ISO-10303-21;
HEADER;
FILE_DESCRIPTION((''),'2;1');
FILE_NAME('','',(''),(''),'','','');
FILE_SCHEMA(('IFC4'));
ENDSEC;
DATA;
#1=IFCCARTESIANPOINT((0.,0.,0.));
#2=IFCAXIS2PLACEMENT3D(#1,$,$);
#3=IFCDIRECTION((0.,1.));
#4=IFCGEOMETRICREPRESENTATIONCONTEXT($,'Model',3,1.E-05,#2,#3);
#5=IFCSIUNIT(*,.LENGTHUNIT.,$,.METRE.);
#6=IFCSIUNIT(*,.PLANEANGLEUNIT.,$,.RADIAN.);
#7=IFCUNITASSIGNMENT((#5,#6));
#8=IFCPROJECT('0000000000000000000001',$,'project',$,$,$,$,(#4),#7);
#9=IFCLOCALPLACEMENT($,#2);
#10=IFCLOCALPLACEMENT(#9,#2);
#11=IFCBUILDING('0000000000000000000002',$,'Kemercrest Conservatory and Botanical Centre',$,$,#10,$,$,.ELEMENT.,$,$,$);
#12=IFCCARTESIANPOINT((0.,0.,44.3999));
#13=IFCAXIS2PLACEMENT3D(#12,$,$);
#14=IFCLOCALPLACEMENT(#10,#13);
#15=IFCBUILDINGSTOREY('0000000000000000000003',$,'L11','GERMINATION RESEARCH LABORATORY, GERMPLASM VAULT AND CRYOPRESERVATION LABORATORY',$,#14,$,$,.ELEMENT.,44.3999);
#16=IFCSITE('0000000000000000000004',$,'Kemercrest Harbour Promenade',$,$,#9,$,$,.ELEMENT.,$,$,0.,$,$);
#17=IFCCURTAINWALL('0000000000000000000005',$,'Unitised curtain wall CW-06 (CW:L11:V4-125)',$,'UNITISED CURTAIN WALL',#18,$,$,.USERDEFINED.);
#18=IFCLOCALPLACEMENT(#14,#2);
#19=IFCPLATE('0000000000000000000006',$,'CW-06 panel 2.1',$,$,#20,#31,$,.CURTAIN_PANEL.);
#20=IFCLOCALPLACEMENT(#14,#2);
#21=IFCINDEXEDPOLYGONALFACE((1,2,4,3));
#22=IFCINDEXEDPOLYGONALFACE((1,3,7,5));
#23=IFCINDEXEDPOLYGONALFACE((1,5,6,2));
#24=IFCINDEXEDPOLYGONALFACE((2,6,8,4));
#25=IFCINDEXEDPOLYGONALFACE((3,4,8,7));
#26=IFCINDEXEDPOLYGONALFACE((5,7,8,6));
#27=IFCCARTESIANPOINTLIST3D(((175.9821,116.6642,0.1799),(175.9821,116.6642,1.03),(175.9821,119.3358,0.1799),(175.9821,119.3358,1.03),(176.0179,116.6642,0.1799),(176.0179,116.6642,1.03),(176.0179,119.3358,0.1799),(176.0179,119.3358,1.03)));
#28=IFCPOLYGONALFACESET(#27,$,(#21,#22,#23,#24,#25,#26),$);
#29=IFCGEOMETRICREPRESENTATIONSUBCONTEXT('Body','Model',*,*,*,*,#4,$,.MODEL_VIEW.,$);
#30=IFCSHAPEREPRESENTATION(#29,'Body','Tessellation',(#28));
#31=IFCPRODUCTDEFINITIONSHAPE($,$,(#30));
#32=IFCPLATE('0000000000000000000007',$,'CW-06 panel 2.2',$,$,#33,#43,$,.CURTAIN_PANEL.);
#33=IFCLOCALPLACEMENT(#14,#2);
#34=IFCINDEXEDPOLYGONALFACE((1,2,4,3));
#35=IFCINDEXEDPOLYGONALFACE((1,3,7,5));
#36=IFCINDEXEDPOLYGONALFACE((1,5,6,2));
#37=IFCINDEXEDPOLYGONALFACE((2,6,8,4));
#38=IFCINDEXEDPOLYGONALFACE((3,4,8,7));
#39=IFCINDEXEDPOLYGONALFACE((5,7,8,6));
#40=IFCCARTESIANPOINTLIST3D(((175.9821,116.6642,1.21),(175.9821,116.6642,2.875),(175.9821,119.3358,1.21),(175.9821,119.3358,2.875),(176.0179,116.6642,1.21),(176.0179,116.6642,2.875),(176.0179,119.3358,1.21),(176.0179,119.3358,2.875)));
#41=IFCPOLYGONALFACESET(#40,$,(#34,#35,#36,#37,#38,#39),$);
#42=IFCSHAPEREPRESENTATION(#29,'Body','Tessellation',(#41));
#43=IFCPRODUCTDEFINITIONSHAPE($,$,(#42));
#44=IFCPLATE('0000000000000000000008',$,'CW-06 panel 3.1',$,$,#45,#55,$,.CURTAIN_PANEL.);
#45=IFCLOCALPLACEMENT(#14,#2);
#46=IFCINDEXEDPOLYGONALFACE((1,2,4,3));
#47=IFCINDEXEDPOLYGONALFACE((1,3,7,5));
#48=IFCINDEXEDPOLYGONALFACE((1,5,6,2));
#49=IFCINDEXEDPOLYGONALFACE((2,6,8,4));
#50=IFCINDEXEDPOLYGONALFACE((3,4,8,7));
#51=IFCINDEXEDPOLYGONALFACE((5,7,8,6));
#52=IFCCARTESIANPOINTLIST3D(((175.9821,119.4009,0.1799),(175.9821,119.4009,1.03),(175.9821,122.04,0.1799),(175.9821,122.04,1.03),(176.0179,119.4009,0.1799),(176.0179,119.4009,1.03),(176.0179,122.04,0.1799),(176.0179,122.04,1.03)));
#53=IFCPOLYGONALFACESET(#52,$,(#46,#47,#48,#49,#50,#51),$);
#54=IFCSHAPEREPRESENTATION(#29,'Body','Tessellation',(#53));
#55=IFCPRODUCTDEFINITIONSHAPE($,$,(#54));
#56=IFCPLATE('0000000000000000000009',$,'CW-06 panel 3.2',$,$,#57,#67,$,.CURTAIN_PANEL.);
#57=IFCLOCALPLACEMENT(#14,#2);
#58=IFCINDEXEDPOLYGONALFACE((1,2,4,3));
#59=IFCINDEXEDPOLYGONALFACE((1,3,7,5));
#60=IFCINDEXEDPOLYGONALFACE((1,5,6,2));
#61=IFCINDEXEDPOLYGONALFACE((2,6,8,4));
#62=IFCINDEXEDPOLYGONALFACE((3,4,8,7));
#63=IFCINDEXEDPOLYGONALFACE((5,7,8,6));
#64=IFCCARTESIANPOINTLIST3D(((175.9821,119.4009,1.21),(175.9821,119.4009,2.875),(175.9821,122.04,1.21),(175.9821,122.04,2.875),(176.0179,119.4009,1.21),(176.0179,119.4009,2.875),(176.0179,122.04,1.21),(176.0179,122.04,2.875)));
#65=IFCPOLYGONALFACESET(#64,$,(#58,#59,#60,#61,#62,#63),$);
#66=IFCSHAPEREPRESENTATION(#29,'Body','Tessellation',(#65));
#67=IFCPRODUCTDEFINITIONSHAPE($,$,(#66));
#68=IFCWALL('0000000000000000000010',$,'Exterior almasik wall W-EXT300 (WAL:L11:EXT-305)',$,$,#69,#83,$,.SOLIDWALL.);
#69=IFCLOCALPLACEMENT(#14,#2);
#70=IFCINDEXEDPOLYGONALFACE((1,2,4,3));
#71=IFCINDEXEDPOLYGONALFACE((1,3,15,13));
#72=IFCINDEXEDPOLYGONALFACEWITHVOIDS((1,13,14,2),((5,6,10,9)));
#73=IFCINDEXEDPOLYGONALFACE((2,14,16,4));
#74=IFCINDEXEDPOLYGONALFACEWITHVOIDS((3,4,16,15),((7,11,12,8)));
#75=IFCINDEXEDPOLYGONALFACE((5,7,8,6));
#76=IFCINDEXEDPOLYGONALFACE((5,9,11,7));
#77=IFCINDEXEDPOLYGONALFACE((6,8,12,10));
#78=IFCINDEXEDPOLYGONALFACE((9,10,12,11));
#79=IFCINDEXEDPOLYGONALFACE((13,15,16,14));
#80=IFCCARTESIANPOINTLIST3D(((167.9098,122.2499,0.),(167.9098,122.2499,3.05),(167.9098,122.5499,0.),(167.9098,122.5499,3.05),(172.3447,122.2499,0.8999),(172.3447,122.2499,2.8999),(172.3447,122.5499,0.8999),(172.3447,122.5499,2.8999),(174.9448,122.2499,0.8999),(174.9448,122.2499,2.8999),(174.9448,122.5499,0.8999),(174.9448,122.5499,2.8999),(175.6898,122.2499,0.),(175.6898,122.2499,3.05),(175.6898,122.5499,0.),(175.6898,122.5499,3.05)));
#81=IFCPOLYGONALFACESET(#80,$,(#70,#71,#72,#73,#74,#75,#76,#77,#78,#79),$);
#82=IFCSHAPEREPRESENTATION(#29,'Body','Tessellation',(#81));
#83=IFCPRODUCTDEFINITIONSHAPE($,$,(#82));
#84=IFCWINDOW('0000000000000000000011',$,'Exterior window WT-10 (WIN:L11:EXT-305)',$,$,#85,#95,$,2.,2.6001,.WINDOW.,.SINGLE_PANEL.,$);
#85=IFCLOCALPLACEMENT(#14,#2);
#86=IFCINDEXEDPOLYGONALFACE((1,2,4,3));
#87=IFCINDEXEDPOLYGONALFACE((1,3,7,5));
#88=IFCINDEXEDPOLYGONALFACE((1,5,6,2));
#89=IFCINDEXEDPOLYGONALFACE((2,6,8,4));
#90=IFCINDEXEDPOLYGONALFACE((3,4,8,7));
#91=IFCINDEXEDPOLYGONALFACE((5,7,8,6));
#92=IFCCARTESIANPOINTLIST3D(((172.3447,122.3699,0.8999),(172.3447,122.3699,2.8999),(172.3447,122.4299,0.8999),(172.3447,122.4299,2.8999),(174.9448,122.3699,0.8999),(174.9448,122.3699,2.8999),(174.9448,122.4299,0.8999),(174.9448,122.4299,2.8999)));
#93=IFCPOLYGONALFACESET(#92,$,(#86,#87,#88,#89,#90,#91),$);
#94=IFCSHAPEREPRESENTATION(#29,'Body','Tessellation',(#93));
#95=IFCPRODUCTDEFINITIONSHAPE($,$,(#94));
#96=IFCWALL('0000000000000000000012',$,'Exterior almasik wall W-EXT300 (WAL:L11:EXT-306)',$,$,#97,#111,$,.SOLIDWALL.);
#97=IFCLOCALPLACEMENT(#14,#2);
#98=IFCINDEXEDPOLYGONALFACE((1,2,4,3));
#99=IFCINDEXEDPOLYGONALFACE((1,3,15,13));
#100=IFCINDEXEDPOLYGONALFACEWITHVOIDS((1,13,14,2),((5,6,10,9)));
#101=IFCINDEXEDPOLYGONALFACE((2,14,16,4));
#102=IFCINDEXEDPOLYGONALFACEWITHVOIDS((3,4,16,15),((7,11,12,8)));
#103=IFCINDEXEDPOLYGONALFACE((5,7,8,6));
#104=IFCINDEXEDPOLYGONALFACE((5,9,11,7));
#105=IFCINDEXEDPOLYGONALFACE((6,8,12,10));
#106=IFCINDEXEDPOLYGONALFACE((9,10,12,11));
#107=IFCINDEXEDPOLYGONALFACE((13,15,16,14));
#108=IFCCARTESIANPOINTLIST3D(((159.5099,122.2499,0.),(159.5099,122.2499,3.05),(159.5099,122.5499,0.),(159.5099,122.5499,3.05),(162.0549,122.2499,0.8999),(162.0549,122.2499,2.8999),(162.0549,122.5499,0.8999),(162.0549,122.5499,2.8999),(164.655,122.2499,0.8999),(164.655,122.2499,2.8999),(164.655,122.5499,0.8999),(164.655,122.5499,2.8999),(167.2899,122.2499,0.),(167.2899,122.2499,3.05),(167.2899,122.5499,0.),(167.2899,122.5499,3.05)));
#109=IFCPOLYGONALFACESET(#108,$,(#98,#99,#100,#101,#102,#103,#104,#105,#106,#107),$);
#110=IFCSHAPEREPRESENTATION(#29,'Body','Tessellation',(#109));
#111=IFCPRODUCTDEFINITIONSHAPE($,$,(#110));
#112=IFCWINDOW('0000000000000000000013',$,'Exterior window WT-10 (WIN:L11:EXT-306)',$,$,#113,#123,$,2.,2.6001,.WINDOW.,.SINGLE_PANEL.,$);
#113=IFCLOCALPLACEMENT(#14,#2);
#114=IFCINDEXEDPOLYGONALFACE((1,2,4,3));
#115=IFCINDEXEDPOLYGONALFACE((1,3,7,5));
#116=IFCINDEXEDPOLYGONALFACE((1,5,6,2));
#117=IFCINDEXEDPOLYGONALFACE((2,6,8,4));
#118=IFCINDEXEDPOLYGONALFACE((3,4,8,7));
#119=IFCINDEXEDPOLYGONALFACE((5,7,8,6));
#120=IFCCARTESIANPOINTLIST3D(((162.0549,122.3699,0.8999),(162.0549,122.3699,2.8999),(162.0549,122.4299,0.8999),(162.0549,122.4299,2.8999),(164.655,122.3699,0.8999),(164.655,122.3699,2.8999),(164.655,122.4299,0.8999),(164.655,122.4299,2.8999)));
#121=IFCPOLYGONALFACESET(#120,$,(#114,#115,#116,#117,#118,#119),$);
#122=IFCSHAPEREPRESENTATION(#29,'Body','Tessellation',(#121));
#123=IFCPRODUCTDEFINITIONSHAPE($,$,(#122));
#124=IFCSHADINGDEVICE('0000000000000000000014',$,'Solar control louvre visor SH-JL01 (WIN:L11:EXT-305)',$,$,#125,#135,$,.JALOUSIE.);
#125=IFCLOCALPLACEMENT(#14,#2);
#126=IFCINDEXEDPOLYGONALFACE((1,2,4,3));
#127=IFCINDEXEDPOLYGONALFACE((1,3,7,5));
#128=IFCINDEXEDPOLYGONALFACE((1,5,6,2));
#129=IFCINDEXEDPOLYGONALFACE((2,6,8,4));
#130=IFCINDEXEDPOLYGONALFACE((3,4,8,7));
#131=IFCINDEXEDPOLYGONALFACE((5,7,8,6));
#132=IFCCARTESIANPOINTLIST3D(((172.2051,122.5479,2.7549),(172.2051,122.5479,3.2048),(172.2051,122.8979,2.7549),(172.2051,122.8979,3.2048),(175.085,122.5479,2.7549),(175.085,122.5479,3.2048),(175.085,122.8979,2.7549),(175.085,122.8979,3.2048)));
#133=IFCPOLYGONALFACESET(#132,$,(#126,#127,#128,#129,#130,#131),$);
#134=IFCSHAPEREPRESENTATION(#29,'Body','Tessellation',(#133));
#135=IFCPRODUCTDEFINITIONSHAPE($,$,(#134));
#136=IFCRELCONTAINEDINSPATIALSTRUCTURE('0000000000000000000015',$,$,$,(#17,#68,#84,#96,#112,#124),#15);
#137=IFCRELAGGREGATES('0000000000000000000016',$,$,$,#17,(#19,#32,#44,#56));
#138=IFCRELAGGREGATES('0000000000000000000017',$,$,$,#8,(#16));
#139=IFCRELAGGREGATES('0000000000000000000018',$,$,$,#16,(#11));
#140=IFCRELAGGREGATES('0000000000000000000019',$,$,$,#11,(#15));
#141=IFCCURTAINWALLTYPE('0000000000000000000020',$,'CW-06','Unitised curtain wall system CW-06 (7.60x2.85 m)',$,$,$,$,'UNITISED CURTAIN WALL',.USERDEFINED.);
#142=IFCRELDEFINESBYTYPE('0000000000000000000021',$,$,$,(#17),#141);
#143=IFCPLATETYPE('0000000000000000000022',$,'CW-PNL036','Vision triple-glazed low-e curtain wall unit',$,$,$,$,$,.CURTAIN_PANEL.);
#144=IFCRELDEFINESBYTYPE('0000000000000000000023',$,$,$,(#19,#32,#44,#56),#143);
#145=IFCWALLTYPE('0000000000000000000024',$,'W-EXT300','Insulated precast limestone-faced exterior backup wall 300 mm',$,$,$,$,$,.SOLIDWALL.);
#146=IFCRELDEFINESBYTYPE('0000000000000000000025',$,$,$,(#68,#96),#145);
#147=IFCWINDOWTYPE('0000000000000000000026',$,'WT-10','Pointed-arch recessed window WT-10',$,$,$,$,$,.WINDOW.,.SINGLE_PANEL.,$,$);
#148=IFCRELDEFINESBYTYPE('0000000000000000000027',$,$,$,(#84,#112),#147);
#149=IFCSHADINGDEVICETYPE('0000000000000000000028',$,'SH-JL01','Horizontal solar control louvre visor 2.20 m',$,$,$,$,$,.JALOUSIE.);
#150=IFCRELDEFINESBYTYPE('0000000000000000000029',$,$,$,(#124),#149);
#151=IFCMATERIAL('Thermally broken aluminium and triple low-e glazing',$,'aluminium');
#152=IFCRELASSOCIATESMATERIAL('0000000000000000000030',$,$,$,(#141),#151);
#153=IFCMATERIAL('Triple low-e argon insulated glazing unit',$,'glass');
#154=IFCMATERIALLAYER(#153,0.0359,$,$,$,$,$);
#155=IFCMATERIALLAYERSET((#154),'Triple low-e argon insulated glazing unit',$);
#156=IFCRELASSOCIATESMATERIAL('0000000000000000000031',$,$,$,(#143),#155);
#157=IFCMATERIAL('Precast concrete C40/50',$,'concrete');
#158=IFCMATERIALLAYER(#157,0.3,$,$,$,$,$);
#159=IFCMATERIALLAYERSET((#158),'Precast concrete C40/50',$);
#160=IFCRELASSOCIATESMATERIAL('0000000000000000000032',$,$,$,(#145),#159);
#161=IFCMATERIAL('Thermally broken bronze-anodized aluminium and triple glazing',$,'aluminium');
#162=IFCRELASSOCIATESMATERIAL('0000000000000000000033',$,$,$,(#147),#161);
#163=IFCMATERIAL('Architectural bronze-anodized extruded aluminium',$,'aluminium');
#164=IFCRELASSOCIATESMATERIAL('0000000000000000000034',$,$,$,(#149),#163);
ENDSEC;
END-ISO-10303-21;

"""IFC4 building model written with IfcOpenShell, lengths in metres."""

from ifc_helpers import new_model, si_unit, direction, frame, frame_2d, origin, origin_2d, place, context, subcontext, project, spatial, rectangle, extrude, material, layer, layer_set, type_object, element, fill, aggregate, save


model = new_model("IFC4")

# Units and contexts
model_context = context("Model", 3, precision=1e-05, world=origin(), true_north=direction((0.0, 1.0)))
body_context = subcontext(model_context, "Body", "Model", "MODEL_VIEW")
ifc_project = project(units=[si_unit("LENGTHUNIT", "METRE"), si_unit("PLANEANGLEUNIT", "RADIAN")], contexts=[model_context])

# Site, building, storey
site_placement = place(None, origin())
site = spatial("IfcSite", under=ifc_project, at=site_placement, Name="Kemercrest Harbour Promenade", CompositionType="ELEMENT", RefElevation=0.0)
building_placement = place(site_placement, origin())
building = spatial("IfcBuilding", under=site, at=building_placement, Name="Kemercrest Conservatory and Botanical Centre", CompositionType="ELEMENT")
storey_placement = place(building_placement, frame((0.0, 0.0, 44.3999)))
storey = spatial("IfcBuildingStorey", under=building, at=storey_placement, Name="L11", Description="GERMINATION RESEARCH LABORATORY, GERMPLASM VAULT AND CRYOPRESERVATION LABORATORY", CompositionType="ELEMENT", Elevation=44.3999)

# Curtain wall
ifc_material_1 = material(Name="Thermally broken aluminium and triple low-e glazing", Category="aluminium")
curtain_wall_type = type_object("IfcCurtainWallType", Name="CW-06", Description="Unitised curtain wall system CW-06 (7.60x2.85 m)", ElementType="UNITISED CURTAIN WALL", PredefinedType="USERDEFINED", material=ifc_material_1)
curtain_wall_placement = place(storey_placement, origin())
curtain_wall = element("IfcCurtainWall", 1, at=curtain_wall_placement, inside=storey, type_object=curtain_wall_type, Name="Unitised curtain wall CW-06 (CW:L11:V4-125)", ObjectType="UNITISED CURTAIN WALL", PredefinedType="USERDEFINED")

# Plates
ifc_material_2 = material(Name="Triple low-e argon insulated glazing unit", Category="glass")
ifc_layer_1 = layer(ifc_material_2, 0.0359)
ifc_layer_set_1 = layer_set([ifc_layer_1], Name="Triple low-e argon insulated glazing unit")
plate_type = type_object("IfcPlateType", Name="CW-PNL036", Description="Vision triple-glazed low-e curtain wall unit", PredefinedType="CURTAIN_PANEL", material=ifc_layer_set_1)
plate_1_placement = place(storey_placement, frame((176.0, 118.0, 0.1799), z_axis=(0.0, 0.0, 1.0), x_axis=(0.0, 1.0, 0.0)))
plate_1 = element("IfcPlate", 2, at=plate_1_placement, type_object=plate_type, Name="CW-06 panel 2.1", PredefinedType="CURTAIN_PANEL", context=body_context, shape_type="SweptSolid", body=[
    extrude(rectangle(XDim=2.6716, YDim=0.0359, at=origin_2d()), origin(), (0.0, 0.0, 1.0), 0.8501),
])
plate_2_placement = place(storey_placement, frame((176.0, 118.0, 1.21), z_axis=(0.0, 0.0, 1.0), x_axis=(0.0, 1.0, 0.0)))
plate_2 = element("IfcPlate", 3, at=plate_2_placement, type_object=plate_type, Name="CW-06 panel 2.2", PredefinedType="CURTAIN_PANEL", context=body_context, shape_type="SweptSolid", body=[
    extrude(rectangle(XDim=2.6716, YDim=0.0359, at=origin_2d()), origin(), (0.0, 0.0, 1.0), 1.665),
])
plate_3_placement = place(storey_placement, frame((176.0, 120.7205, 0.1799), z_axis=(0.0, 0.0, 1.0), x_axis=(0.0, 1.0, 0.0)))
plate_3 = element("IfcPlate", 4, at=plate_3_placement, type_object=plate_type, Name="CW-06 panel 3.1", PredefinedType="CURTAIN_PANEL", context=body_context, shape_type="SweptSolid", body=[
    extrude(rectangle(XDim=2.6392, YDim=0.0359, at=origin_2d()), origin(), (0.0, 0.0, 1.0), 0.8501),
])
plate_4_placement = place(storey_placement, frame((176.0, 120.7205, 1.21), z_axis=(0.0, 0.0, 1.0), x_axis=(0.0, 1.0, 0.0)))
plate_4 = element("IfcPlate", 5, at=plate_4_placement, type_object=plate_type, Name="CW-06 panel 3.2", PredefinedType="CURTAIN_PANEL", context=body_context, shape_type="SweptSolid", body=[
    extrude(rectangle(XDim=2.6392, YDim=0.0359, at=origin_2d()), origin(), (0.0, 0.0, 1.0), 1.665),
])
aggregate(curtain_wall, [plate_1, plate_2, plate_3, plate_4])

# Walls, openings, windows
ifc_material_3 = material(Name="Precast concrete C40/50", Category="concrete")
ifc_layer_2 = layer(ifc_material_3, 0.3)
ifc_layer_set_2 = layer_set([ifc_layer_2], Name="Precast concrete C40/50")
wall_type = type_object("IfcWallType", Name="W-EXT300", Description="Insulated precast limestone-faced exterior backup wall 300 mm", PredefinedType="SOLIDWALL", material=ifc_layer_set_2)
wall_1_placement = place(storey_placement, frame((175.6899, 122.3999, 0.0), z_axis=(0.0, 0.0, 1.0), x_axis=(-1.0, 0.0, 0.0)))
wall_1 = element("IfcWall", 6, at=wall_1_placement, inside=storey, type_object=wall_type, Name="Exterior almasik wall W-EXT300 (WAL:L11:EXT-305)", PredefinedType="SOLIDWALL", context=body_context, shape_type="SweptSolid", body=[
    extrude(rectangle(XDim=7.78, YDim=0.3, at=frame_2d((3.8901, 0.0))), origin(), (0.0, 0.0, 1.0), 3.05),
])
opening_1_placement = place(wall_1_placement, frame((0.7451, 0.0, 0.8999)))
opening_1 = element("IfcOpeningElement", 7, at=opening_1_placement, cuts=wall_1, PredefinedType="OPENING", context=body_context, shape_type="SweptSolid", body=[
    extrude(rectangle(XDim=2.6001, YDim=2.0, at=frame_2d((1.3, 1.0))), frame((0.0, 0.1602, 0.0), z_axis=(0.0, -1.0, 0.0), x_axis=(1.0, 0.0, 0.0)), (0.0, 0.0, 1.0), 0.3201),
])
ifc_material_4 = material(Name="Thermally broken bronze-anodized aluminium and triple glazing", Category="aluminium")
window_type = type_object("IfcWindowType", Name="WT-10", Description="Pointed-arch recessed window WT-10", PartitioningType="SINGLE_PANEL", PredefinedType="WINDOW", material=ifc_material_4)
window_1_placement = place(opening_1_placement, origin())
window_1 = element("IfcWindow", 8, at=window_1_placement, inside=storey, type_object=window_type, Name="Exterior window WT-10 (WIN:L11:EXT-305)", OverallHeight=2.0, OverallWidth=2.6001, PartitioningType="SINGLE_PANEL", PredefinedType="WINDOW", context=body_context, shape_type="SweptSolid", body=[
    extrude(rectangle(XDim=2.6001, YDim=2.0, at=frame_2d((1.3, 1.0))), frame((0.0, 0.03, 0.0), z_axis=(0.0, -1.0, 0.0), x_axis=(1.0, 0.0, 0.0)), (0.0, 0.0, 1.0), 0.0601),
])
fill(opening_1, window_1)
wall_2_placement = place(storey_placement, frame((167.29, 122.3999, 0.0), z_axis=(0.0, 0.0, 1.0), x_axis=(-1.0, 0.0, 0.0)))
wall_2 = element("IfcWall", 9, at=wall_2_placement, inside=storey, type_object=wall_type, Name="Exterior almasik wall W-EXT300 (WAL:L11:EXT-306)", PredefinedType="SOLIDWALL", context=body_context, shape_type="SweptSolid", body=[
    extrude(rectangle(XDim=7.78, YDim=0.3, at=frame_2d((3.8901, 0.0))), origin(), (0.0, 0.0, 1.0), 3.05),
])
opening_2_placement = place(wall_2_placement, frame((2.635, 0.0, 0.8999)))
opening_2 = element("IfcOpeningElement", 10, at=opening_2_placement, cuts=wall_2, PredefinedType="OPENING", context=body_context, shape_type="SweptSolid", body=[
    extrude(rectangle(XDim=2.6001, YDim=2.0, at=frame_2d((1.3, 1.0))), frame((0.0, 0.1602, 0.0), z_axis=(0.0, -1.0, 0.0), x_axis=(1.0, 0.0, 0.0)), (0.0, 0.0, 1.0), 0.3201),
])
window_2_placement = place(opening_2_placement, origin())
window_2 = element("IfcWindow", 11, at=window_2_placement, inside=storey, type_object=window_type, Name="Exterior window WT-10 (WIN:L11:EXT-306)", OverallHeight=2.0, OverallWidth=2.6001, PartitioningType="SINGLE_PANEL", PredefinedType="WINDOW", context=body_context, shape_type="SweptSolid", body=[
    extrude(rectangle(XDim=2.6001, YDim=2.0, at=frame_2d((1.3, 1.0))), frame((0.0, 0.03, 0.0), z_axis=(0.0, -1.0, 0.0), x_axis=(1.0, 0.0, 0.0)), (0.0, 0.0, 1.0), 0.0601),
])
fill(opening_2, window_2)

# Shading device
ifc_material_5 = material(Name="Architectural bronze-anodized extruded aluminium", Category="aluminium")
shading_device_type = type_object("IfcShadingDeviceType", Name="SH-JL01", Description="Horizontal solar control louvre visor 2.20 m", PredefinedType="JALOUSIE", material=ifc_material_5)
shading_device_placement = place(storey_placement, frame((173.645, 122.7229, 2.7549), z_axis=(0.0, 0.0, 1.0), x_axis=(-1.0, 0.0, 0.0)))
element("IfcShadingDevice", 12, at=shading_device_placement, inside=storey, type_object=shading_device_type, Name="Solar control louvre visor SH-JL01 (WIN:L11:EXT-305)", PredefinedType="JALOUSIE", context=body_context, shape_type="SweptSolid", body=[
    extrude(rectangle(XDim=2.8799, YDim=0.3501, at=origin_2d()), origin(), (0.0, 0.0, 1.0), 0.45),
])

save(model, "model.ifc")
